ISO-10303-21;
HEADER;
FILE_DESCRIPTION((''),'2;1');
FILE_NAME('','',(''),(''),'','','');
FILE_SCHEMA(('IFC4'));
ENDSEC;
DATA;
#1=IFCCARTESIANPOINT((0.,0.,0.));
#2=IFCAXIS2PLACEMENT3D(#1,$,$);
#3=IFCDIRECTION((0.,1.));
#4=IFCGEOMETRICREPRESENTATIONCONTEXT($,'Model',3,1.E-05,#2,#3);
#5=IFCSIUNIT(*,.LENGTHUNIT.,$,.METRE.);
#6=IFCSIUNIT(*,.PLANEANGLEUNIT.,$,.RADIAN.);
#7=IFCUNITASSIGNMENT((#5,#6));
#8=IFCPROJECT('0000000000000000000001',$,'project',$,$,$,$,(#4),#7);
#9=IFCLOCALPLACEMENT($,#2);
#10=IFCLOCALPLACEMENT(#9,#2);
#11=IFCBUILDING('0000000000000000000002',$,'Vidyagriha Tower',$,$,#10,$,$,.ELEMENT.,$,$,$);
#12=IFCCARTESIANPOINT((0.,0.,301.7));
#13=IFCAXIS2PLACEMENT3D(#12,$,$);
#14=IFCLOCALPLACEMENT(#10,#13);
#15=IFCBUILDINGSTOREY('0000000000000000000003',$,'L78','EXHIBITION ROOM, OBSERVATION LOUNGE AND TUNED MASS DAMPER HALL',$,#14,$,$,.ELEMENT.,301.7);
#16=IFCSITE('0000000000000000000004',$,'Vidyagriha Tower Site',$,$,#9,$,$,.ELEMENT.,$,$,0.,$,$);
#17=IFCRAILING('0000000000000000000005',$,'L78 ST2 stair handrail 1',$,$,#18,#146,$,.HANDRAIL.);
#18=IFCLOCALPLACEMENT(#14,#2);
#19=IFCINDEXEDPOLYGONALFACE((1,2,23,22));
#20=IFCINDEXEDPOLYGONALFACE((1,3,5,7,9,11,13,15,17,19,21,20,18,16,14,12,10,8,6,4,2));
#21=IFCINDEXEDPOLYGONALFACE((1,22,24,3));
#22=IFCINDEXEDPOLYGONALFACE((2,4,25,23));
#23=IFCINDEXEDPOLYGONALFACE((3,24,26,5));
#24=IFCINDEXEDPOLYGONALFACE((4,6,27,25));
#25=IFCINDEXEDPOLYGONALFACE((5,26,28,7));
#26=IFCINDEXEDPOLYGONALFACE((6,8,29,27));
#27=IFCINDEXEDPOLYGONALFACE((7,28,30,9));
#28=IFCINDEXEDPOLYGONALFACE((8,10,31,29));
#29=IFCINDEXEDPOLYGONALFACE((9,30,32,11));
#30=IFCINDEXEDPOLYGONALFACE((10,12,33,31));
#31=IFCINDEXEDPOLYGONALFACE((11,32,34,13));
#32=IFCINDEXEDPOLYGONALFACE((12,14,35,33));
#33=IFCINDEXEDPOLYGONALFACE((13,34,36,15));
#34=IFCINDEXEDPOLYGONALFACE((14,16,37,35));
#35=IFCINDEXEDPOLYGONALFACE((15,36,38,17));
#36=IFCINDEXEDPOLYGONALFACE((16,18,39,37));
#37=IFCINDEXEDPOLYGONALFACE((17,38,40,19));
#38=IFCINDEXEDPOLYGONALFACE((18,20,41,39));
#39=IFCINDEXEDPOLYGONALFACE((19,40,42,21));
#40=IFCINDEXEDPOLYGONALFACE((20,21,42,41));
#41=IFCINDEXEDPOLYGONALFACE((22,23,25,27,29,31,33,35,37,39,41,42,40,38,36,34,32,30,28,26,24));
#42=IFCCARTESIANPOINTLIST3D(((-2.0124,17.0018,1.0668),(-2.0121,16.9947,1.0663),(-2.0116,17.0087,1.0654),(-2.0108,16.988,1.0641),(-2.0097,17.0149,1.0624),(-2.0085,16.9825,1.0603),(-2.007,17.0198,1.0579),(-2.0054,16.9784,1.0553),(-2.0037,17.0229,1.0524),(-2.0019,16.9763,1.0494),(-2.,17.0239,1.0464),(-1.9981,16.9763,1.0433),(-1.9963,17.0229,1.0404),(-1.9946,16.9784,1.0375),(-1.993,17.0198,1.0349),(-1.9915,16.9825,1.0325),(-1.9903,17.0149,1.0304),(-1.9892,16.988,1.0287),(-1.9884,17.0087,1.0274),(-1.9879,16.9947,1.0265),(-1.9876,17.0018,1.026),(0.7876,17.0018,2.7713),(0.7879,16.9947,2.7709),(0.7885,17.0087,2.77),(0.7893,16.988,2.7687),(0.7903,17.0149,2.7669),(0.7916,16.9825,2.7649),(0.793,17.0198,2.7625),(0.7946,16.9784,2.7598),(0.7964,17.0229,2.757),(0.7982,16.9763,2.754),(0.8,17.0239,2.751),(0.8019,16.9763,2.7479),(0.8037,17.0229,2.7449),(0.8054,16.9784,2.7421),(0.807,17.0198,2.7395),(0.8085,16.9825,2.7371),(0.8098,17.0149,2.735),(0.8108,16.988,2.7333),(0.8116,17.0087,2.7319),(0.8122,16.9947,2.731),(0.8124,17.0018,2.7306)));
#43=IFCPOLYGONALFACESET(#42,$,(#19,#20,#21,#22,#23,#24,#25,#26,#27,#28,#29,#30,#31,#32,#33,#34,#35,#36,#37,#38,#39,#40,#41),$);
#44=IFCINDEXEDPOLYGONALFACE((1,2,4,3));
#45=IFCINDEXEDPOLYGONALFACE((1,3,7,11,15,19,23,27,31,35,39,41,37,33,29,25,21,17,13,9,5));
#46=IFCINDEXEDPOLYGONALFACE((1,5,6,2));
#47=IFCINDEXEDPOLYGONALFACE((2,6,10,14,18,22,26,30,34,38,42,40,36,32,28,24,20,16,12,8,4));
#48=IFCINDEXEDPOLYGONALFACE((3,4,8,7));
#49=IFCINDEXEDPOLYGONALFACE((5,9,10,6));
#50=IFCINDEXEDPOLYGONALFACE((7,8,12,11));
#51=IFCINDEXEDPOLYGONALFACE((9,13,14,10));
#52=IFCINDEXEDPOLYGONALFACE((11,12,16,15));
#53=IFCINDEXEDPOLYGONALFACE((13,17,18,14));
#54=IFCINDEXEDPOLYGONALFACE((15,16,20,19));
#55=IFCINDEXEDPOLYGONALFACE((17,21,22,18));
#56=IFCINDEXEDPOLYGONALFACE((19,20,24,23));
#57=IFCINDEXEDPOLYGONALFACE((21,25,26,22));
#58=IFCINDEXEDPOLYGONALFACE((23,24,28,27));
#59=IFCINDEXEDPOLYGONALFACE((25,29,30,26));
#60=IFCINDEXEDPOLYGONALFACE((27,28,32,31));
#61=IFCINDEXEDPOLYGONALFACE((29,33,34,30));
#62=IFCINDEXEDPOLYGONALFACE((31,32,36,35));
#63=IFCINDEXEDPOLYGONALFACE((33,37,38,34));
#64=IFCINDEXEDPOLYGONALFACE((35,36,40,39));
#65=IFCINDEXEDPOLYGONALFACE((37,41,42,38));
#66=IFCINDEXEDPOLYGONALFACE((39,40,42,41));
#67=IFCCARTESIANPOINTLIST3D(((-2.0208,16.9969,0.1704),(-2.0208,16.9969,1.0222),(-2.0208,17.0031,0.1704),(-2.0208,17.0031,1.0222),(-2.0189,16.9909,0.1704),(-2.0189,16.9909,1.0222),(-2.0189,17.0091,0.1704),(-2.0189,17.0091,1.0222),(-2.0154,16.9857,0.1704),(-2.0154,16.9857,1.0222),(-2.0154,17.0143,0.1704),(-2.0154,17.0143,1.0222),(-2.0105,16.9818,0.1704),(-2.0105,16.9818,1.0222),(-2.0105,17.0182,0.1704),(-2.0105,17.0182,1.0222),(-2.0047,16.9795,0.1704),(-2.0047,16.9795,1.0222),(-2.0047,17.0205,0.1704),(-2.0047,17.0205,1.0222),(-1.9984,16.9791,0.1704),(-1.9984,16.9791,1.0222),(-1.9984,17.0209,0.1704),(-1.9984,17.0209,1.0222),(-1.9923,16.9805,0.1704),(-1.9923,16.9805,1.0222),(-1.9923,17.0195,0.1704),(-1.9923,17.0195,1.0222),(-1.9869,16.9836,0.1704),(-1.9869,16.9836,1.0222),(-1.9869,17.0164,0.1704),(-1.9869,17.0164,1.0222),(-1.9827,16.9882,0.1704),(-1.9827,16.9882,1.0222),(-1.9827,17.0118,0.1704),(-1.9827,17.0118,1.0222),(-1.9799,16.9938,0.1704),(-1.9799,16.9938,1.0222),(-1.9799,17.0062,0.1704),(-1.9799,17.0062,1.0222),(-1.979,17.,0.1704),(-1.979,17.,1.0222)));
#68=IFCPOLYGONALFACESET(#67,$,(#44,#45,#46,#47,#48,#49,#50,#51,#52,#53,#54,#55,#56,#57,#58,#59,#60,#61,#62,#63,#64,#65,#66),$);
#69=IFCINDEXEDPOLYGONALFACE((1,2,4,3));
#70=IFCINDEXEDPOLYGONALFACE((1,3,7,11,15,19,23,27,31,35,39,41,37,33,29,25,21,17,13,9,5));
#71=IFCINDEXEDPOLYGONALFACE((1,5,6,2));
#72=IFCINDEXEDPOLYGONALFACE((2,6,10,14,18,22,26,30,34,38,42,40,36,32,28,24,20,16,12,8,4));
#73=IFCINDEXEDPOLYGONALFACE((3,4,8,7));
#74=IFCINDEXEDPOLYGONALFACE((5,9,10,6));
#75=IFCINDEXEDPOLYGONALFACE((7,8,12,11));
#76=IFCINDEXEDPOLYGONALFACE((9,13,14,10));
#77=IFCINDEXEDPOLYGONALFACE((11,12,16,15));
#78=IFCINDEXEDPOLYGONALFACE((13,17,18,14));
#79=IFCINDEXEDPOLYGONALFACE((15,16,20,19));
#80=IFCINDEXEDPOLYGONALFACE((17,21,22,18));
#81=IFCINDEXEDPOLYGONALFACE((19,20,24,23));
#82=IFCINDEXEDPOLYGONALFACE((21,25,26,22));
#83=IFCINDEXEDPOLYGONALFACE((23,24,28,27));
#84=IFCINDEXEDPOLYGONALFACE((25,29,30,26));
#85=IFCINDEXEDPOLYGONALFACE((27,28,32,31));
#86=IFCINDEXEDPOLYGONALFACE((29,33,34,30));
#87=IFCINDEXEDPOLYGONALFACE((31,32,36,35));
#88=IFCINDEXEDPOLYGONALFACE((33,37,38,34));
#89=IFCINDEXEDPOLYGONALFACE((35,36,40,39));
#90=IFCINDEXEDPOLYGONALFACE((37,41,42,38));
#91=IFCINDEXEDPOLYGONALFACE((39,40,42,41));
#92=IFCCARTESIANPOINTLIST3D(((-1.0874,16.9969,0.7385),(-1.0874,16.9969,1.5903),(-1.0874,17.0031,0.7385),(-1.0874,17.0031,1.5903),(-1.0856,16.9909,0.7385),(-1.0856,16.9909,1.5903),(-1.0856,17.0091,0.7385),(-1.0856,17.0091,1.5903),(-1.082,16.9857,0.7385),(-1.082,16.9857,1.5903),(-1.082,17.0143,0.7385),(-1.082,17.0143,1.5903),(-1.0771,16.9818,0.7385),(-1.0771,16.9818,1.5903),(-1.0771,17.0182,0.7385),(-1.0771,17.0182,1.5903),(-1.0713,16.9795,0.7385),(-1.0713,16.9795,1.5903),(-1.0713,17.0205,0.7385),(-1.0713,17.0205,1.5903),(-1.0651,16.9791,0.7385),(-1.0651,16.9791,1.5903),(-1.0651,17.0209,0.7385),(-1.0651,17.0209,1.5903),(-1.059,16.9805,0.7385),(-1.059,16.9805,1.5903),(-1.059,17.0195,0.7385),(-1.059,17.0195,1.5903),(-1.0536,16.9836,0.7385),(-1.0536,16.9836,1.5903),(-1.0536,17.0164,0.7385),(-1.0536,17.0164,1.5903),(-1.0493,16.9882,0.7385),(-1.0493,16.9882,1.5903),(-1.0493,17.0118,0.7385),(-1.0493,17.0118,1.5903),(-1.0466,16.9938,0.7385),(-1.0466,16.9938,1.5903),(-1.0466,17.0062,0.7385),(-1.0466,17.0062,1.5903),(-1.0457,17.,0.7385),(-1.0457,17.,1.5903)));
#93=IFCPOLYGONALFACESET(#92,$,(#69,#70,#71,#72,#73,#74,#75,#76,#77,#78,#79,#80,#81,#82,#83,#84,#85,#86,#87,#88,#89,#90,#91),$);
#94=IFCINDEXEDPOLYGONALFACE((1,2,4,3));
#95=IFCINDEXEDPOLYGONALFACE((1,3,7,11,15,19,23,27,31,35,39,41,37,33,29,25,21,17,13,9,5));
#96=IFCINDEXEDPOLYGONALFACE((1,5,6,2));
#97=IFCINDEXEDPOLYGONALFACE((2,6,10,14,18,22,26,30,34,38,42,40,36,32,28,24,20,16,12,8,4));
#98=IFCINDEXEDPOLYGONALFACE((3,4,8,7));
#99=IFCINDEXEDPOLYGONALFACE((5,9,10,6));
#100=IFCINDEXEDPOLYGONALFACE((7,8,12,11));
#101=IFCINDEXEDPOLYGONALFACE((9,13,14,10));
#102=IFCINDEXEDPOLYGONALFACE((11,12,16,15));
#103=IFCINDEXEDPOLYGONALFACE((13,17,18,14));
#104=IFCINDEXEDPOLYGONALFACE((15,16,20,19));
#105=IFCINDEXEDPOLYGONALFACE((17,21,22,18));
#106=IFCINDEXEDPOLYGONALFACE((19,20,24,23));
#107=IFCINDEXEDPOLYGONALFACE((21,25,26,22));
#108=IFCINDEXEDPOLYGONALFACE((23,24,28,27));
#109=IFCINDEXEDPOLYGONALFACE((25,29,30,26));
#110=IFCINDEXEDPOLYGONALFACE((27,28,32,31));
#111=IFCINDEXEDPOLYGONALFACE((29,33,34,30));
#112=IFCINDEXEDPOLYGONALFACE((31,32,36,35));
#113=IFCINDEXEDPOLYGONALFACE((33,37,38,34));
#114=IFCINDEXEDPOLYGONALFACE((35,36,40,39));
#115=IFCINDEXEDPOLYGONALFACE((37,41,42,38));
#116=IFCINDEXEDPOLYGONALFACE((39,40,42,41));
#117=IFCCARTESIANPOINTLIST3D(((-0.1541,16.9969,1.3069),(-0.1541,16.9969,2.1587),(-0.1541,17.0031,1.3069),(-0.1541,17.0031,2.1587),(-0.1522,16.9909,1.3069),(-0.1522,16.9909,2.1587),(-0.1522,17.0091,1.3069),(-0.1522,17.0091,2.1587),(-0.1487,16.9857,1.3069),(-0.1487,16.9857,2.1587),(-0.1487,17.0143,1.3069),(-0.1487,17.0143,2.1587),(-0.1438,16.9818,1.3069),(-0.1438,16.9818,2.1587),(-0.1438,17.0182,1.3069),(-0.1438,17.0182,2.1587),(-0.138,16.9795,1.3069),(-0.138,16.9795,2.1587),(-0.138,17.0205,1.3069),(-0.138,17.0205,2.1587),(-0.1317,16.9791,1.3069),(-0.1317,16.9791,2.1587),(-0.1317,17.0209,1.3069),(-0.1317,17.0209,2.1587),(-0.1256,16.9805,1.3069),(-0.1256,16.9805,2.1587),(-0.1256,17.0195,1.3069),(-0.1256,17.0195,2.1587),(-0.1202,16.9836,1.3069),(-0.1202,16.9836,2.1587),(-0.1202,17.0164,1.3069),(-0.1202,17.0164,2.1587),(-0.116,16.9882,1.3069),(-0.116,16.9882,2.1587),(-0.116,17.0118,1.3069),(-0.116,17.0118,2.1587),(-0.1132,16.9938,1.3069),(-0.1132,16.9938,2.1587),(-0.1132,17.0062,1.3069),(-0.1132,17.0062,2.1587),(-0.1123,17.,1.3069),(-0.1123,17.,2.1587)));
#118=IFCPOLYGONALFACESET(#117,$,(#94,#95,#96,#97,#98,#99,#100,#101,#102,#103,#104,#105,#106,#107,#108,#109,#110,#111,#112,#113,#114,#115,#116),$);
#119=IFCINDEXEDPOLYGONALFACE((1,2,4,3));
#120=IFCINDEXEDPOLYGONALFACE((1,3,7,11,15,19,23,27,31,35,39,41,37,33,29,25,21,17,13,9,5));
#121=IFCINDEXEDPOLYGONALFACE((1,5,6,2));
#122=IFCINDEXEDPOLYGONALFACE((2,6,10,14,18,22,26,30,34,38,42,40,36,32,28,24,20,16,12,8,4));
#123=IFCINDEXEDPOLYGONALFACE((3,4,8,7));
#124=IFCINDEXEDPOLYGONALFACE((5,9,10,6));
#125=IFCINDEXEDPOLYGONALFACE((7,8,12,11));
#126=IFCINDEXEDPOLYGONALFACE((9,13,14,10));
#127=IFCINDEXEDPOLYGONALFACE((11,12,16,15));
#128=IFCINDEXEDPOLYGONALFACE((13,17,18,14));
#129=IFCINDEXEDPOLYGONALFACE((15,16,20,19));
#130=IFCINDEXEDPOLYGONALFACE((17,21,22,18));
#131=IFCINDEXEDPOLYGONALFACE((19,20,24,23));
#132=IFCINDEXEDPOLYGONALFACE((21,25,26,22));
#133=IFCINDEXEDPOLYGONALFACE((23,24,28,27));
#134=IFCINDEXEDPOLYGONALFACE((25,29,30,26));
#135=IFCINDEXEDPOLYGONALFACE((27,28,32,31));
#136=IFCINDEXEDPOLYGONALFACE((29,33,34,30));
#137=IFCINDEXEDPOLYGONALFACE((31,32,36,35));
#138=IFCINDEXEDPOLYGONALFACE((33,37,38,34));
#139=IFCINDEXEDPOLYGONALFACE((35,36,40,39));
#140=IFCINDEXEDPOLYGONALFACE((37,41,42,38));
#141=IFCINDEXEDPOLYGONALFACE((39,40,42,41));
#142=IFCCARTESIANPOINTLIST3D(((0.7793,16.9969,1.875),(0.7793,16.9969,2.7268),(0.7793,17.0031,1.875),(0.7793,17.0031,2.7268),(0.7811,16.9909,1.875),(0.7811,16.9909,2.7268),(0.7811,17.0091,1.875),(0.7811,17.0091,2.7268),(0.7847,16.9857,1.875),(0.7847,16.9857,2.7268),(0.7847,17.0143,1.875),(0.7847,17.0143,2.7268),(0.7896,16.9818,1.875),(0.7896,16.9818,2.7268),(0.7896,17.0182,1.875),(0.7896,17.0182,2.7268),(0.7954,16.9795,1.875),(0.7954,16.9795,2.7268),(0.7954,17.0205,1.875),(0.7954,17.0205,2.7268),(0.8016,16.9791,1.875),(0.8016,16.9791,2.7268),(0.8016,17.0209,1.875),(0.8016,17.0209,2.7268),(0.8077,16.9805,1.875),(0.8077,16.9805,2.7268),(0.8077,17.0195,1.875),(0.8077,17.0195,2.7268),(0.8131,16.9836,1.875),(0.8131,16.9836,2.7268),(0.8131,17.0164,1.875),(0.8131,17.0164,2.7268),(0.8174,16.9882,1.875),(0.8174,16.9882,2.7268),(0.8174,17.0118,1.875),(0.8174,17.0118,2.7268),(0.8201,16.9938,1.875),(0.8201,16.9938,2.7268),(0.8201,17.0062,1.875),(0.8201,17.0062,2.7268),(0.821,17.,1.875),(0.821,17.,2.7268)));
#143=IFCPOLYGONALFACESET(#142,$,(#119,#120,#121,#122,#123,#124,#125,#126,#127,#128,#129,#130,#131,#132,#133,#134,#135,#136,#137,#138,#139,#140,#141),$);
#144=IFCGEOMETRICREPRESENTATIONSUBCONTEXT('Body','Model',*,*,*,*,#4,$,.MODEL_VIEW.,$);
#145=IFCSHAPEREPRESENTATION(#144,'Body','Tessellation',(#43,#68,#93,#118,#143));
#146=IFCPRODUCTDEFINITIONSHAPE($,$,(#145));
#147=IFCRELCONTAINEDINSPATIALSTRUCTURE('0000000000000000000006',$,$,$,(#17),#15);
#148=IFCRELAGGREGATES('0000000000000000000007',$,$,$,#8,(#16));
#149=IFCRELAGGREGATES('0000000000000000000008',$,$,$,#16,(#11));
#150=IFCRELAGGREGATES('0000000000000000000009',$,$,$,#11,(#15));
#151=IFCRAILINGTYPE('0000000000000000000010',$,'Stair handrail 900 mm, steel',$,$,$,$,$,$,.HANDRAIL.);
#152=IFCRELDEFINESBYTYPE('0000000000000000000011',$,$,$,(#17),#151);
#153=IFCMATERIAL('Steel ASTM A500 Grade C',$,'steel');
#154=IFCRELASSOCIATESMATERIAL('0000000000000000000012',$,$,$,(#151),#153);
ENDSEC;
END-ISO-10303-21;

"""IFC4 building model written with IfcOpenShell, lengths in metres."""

from ifc_helpers import new_model, si_unit, direction, frame, origin, origin_2d, place, context, subcontext, project, spatial, circle, extrude, material, type_object, element, save


model = new_model("IFC4")

# Units and contexts
model_context = context("Model", 3, precision=1e-05, world=origin(), true_north=direction((0.0, 1.0)))
body_context = subcontext(model_context, "Body", "Model", "MODEL_VIEW")
ifc_project = project(units=[si_unit("LENGTHUNIT", "METRE"), si_unit("PLANEANGLEUNIT", "RADIAN")], contexts=[model_context])

# Site, building, storey
site_placement = place(None, origin())
site = spatial("IfcSite", under=ifc_project, at=site_placement, Name="Vidyagriha Tower Site", CompositionType="ELEMENT", RefElevation=0.0)
building_placement = place(site_placement, origin())
building = spatial("IfcBuilding", under=site, at=building_placement, Name="Vidyagriha Tower", CompositionType="ELEMENT")
storey_placement = place(building_placement, frame((0.0, 0.0, 301.7)))
storey = spatial("IfcBuildingStorey", under=building, at=storey_placement, Name="L78", Description="EXHIBITION ROOM, OBSERVATION LOUNGE AND TUNED MASS DAMPER HALL", CompositionType="ELEMENT", Elevation=301.7)

# Railing
ifc_material_1 = material(Name="Steel ASTM A500 Grade C", Category="steel")
railing_type_1 = type_object("IfcRailingType", Name="Stair handrail 900 mm, steel", PredefinedType="HANDRAIL", material=ifc_material_1)
for number, where, name in (
    (1, (-2.0, 17.0, 0.1704), "L78 ST2 stair handrail 1"),
):
    element("IfcRailing", number, at=place(storey_placement, frame(where)), inside=storey, type_object=railing_type_1, Name=name, PredefinedType="HANDRAIL", context=body_context, shape_type="SweptSolid", body=[
        extrude(circle(Radius=0.0239, at=origin_2d()), frame((0.0, 0.0, 0.876), z_axis=(0.85417, 0.0, 0.519994), x_axis=(0.0, 1.0, 0.0)), (0.0, 0.0, 1.0), 3.2781),
        extrude(circle(Radius=0.021, at=origin_2d()), origin(), (0.0, 0.0, 1.0), 0.8518),
        extrude(circle(Radius=0.021, at=origin_2d()), frame((0.9333, 0.0, 0.5681)), (0.0, 0.0, 1.0), 0.8518),
        extrude(circle(Radius=0.021, at=origin_2d()), frame((1.8667, 0.0, 1.1365)), (0.0, 0.0, 1.0), 0.8518),
        extrude(circle(Radius=0.021, at=origin_2d()), frame((2.8, 0.0, 1.7046)), (0.0, 0.0, 1.0), 0.8518),
    ])

save(model, "model.ifc")
